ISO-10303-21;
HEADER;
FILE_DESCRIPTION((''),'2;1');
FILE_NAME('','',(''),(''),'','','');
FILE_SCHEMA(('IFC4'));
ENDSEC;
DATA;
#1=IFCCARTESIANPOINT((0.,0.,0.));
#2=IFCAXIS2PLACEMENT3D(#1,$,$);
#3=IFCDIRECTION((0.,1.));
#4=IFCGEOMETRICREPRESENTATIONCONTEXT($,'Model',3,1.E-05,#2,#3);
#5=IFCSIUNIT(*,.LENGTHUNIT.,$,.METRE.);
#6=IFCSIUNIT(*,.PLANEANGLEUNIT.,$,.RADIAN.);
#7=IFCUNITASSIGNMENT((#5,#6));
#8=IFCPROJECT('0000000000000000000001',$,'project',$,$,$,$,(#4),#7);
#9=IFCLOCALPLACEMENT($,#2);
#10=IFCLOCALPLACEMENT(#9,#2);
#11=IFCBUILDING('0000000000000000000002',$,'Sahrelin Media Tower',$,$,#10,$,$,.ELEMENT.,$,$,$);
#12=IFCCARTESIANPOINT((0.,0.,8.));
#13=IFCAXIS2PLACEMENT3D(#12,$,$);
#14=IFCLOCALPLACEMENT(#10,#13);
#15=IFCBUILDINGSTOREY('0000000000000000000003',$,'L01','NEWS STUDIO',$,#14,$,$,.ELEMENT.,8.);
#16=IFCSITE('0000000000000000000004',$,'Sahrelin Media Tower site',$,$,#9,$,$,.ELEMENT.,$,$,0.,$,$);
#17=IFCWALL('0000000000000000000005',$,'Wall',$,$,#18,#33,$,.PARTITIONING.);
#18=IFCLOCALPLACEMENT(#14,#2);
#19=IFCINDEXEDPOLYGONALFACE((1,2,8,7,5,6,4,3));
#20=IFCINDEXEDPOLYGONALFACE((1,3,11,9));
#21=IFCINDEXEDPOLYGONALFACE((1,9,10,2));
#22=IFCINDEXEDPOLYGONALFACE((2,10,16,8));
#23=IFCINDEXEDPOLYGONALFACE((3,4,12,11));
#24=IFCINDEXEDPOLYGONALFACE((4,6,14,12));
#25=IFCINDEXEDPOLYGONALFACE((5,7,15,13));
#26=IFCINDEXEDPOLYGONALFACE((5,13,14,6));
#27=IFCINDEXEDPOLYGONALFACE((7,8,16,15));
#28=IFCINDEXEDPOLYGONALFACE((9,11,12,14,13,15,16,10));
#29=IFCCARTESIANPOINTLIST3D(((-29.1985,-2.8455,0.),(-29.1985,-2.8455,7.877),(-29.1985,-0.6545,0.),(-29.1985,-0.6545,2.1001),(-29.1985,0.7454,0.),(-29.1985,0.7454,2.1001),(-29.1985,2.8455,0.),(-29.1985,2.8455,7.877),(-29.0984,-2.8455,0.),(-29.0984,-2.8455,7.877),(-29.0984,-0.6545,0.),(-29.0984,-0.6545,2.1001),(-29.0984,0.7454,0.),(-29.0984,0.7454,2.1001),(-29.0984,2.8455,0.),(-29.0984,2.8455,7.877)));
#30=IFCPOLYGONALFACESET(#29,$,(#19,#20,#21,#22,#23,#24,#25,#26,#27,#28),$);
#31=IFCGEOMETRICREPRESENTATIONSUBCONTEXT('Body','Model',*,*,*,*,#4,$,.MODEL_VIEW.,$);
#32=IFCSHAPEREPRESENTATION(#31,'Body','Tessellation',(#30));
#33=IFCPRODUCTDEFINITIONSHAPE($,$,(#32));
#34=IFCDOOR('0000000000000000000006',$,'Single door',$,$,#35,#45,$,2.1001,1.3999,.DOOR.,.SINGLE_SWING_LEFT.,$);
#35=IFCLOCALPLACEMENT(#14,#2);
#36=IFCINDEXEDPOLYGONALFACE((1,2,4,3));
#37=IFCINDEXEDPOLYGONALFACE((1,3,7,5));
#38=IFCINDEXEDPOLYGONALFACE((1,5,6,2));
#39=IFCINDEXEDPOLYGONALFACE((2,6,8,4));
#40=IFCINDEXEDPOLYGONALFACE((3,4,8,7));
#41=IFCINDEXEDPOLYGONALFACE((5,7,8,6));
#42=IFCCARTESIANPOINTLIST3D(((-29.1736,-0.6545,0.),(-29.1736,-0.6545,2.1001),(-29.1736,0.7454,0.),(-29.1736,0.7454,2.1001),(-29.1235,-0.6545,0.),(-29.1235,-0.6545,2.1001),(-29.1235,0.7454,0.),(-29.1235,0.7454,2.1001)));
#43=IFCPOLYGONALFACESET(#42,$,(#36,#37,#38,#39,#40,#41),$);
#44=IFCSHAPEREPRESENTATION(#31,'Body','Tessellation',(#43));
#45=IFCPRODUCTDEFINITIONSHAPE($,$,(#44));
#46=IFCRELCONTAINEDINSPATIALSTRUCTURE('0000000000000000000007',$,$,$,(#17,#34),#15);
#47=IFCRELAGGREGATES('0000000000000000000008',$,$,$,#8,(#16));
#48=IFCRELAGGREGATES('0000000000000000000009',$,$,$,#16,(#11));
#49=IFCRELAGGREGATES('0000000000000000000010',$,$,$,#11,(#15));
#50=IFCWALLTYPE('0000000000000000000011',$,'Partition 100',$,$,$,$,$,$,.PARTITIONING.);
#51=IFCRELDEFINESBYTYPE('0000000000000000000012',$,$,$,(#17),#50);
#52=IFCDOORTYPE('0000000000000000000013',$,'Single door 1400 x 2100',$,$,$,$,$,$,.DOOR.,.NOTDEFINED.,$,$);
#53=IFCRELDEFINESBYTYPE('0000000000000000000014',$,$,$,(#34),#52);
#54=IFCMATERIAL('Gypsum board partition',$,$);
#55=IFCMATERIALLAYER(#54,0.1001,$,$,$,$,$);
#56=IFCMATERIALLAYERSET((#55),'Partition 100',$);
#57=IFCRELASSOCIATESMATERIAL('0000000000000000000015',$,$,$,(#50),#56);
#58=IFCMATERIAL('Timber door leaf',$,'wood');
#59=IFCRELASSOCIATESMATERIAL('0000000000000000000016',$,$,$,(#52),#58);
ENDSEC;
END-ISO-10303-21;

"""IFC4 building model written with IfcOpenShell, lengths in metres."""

from ifc_helpers import new_model, si_unit, direction, frame, frame_2d, origin, place, context, subcontext, project, spatial, rectangle, extrude, material, layer, layer_set, type_object, element, fill, save


model = new_model("IFC4")

# Units and contexts
model_context = context("Model", 3, precision=1e-05, world=origin(), true_north=direction((0.0, 1.0)))
body_context = subcontext(model_context, "Body", "Model", "MODEL_VIEW")
ifc_project = project(units=[si_unit("LENGTHUNIT", "METRE"), si_unit("PLANEANGLEUNIT", "RADIAN")], contexts=[model_context])

# Site, building, storey
site_placement = place(None, origin())
site = spatial("IfcSite", under=ifc_project, at=site_placement, Name="Sahrelin Media Tower site", CompositionType="ELEMENT", RefElevation=0.0)
building_placement = place(site_placement, origin())
building = spatial("IfcBuilding", under=site, at=building_placement, Name="Sahrelin Media Tower", CompositionType="ELEMENT")
storey_placement = place(building_placement, frame((0.0, 0.0, 8.0)))
storey = spatial("IfcBuildingStorey", under=building, at=storey_placement, Name="L01", Description="NEWS STUDIO", CompositionType="ELEMENT", Elevation=8.0)

# Wall, opening, door
ifc_material_1 = material(Name="Gypsum board partition")
ifc_layer_1 = layer(ifc_material_1, 0.1001)
ifc_layer_set_1 = layer_set([ifc_layer_1], Name="Partition 100")
wall_type_1 = type_object("IfcWallType", Name="Partition 100", PredefinedType="PARTITIONING", material=ifc_layer_set_1)
wall_1_placement = place(storey_placement, frame((-29.1484, 2.8455, 0.0), z_axis=(0.0, 0.0, 1.0), x_axis=(0.0, -1.0, 0.0)))
wall_1 = element("IfcWall", 1, at=wall_1_placement, inside=storey, type_object=wall_type_1, Name="Wall", PredefinedType="PARTITIONING", context=body_context, shape_type="SweptSolid", body=[
    extrude(rectangle(XDim=5.6909, YDim=0.1001, at=frame_2d((2.8455, 0.0))), origin(), (0.0, 0.0, 1.0), 7.877),
])
opening_1_placement = place(wall_1_placement, frame((2.1001, 0.0, 0.0)))
opening_1 = element("IfcOpeningElement", 2, at=opening_1_placement, cuts=wall_1, PredefinedType="OPENING", context=body_context, shape_type="SweptSolid", body=[
    extrude(rectangle(XDim=1.3999, YDim=2.1001, at=frame_2d((0.7, 1.05))), frame((0.0, 0.05, 0.0), z_axis=(0.0, -1.0, 0.0), x_axis=(1.0, 0.0, 0.0)), (0.0, 0.0, 1.0), 0.1001),
])
ifc_material_2 = material(Name="Timber door leaf", Category="wood")
door_type_1 = type_object("IfcDoorType", Name="Single door 1400 x 2100", OperationType="NOTDEFINED", PredefinedType="DOOR", material=ifc_material_2)
door_1_placement = place(opening_1_placement, origin())
door_1 = element("IfcDoor", 3, at=door_1_placement, inside=storey, type_object=door_type_1, Name="Single door", OperationType="SINGLE_SWING_LEFT", OverallHeight=2.1001, OverallWidth=1.3999, PredefinedType="DOOR", context=body_context, shape_type="SweptSolid", body=[
    extrude(rectangle(XDim=1.3999, YDim=2.1001, at=frame_2d((0.7, 1.05))), frame((0.0, 0.0249, 0.0), z_axis=(0.0, -1.0, 0.0), x_axis=(1.0, 0.0, 0.0)), (0.0, 0.0, 1.0), 0.05),
])
fill(opening_1, door_1)

save(model, "model.ifc")
